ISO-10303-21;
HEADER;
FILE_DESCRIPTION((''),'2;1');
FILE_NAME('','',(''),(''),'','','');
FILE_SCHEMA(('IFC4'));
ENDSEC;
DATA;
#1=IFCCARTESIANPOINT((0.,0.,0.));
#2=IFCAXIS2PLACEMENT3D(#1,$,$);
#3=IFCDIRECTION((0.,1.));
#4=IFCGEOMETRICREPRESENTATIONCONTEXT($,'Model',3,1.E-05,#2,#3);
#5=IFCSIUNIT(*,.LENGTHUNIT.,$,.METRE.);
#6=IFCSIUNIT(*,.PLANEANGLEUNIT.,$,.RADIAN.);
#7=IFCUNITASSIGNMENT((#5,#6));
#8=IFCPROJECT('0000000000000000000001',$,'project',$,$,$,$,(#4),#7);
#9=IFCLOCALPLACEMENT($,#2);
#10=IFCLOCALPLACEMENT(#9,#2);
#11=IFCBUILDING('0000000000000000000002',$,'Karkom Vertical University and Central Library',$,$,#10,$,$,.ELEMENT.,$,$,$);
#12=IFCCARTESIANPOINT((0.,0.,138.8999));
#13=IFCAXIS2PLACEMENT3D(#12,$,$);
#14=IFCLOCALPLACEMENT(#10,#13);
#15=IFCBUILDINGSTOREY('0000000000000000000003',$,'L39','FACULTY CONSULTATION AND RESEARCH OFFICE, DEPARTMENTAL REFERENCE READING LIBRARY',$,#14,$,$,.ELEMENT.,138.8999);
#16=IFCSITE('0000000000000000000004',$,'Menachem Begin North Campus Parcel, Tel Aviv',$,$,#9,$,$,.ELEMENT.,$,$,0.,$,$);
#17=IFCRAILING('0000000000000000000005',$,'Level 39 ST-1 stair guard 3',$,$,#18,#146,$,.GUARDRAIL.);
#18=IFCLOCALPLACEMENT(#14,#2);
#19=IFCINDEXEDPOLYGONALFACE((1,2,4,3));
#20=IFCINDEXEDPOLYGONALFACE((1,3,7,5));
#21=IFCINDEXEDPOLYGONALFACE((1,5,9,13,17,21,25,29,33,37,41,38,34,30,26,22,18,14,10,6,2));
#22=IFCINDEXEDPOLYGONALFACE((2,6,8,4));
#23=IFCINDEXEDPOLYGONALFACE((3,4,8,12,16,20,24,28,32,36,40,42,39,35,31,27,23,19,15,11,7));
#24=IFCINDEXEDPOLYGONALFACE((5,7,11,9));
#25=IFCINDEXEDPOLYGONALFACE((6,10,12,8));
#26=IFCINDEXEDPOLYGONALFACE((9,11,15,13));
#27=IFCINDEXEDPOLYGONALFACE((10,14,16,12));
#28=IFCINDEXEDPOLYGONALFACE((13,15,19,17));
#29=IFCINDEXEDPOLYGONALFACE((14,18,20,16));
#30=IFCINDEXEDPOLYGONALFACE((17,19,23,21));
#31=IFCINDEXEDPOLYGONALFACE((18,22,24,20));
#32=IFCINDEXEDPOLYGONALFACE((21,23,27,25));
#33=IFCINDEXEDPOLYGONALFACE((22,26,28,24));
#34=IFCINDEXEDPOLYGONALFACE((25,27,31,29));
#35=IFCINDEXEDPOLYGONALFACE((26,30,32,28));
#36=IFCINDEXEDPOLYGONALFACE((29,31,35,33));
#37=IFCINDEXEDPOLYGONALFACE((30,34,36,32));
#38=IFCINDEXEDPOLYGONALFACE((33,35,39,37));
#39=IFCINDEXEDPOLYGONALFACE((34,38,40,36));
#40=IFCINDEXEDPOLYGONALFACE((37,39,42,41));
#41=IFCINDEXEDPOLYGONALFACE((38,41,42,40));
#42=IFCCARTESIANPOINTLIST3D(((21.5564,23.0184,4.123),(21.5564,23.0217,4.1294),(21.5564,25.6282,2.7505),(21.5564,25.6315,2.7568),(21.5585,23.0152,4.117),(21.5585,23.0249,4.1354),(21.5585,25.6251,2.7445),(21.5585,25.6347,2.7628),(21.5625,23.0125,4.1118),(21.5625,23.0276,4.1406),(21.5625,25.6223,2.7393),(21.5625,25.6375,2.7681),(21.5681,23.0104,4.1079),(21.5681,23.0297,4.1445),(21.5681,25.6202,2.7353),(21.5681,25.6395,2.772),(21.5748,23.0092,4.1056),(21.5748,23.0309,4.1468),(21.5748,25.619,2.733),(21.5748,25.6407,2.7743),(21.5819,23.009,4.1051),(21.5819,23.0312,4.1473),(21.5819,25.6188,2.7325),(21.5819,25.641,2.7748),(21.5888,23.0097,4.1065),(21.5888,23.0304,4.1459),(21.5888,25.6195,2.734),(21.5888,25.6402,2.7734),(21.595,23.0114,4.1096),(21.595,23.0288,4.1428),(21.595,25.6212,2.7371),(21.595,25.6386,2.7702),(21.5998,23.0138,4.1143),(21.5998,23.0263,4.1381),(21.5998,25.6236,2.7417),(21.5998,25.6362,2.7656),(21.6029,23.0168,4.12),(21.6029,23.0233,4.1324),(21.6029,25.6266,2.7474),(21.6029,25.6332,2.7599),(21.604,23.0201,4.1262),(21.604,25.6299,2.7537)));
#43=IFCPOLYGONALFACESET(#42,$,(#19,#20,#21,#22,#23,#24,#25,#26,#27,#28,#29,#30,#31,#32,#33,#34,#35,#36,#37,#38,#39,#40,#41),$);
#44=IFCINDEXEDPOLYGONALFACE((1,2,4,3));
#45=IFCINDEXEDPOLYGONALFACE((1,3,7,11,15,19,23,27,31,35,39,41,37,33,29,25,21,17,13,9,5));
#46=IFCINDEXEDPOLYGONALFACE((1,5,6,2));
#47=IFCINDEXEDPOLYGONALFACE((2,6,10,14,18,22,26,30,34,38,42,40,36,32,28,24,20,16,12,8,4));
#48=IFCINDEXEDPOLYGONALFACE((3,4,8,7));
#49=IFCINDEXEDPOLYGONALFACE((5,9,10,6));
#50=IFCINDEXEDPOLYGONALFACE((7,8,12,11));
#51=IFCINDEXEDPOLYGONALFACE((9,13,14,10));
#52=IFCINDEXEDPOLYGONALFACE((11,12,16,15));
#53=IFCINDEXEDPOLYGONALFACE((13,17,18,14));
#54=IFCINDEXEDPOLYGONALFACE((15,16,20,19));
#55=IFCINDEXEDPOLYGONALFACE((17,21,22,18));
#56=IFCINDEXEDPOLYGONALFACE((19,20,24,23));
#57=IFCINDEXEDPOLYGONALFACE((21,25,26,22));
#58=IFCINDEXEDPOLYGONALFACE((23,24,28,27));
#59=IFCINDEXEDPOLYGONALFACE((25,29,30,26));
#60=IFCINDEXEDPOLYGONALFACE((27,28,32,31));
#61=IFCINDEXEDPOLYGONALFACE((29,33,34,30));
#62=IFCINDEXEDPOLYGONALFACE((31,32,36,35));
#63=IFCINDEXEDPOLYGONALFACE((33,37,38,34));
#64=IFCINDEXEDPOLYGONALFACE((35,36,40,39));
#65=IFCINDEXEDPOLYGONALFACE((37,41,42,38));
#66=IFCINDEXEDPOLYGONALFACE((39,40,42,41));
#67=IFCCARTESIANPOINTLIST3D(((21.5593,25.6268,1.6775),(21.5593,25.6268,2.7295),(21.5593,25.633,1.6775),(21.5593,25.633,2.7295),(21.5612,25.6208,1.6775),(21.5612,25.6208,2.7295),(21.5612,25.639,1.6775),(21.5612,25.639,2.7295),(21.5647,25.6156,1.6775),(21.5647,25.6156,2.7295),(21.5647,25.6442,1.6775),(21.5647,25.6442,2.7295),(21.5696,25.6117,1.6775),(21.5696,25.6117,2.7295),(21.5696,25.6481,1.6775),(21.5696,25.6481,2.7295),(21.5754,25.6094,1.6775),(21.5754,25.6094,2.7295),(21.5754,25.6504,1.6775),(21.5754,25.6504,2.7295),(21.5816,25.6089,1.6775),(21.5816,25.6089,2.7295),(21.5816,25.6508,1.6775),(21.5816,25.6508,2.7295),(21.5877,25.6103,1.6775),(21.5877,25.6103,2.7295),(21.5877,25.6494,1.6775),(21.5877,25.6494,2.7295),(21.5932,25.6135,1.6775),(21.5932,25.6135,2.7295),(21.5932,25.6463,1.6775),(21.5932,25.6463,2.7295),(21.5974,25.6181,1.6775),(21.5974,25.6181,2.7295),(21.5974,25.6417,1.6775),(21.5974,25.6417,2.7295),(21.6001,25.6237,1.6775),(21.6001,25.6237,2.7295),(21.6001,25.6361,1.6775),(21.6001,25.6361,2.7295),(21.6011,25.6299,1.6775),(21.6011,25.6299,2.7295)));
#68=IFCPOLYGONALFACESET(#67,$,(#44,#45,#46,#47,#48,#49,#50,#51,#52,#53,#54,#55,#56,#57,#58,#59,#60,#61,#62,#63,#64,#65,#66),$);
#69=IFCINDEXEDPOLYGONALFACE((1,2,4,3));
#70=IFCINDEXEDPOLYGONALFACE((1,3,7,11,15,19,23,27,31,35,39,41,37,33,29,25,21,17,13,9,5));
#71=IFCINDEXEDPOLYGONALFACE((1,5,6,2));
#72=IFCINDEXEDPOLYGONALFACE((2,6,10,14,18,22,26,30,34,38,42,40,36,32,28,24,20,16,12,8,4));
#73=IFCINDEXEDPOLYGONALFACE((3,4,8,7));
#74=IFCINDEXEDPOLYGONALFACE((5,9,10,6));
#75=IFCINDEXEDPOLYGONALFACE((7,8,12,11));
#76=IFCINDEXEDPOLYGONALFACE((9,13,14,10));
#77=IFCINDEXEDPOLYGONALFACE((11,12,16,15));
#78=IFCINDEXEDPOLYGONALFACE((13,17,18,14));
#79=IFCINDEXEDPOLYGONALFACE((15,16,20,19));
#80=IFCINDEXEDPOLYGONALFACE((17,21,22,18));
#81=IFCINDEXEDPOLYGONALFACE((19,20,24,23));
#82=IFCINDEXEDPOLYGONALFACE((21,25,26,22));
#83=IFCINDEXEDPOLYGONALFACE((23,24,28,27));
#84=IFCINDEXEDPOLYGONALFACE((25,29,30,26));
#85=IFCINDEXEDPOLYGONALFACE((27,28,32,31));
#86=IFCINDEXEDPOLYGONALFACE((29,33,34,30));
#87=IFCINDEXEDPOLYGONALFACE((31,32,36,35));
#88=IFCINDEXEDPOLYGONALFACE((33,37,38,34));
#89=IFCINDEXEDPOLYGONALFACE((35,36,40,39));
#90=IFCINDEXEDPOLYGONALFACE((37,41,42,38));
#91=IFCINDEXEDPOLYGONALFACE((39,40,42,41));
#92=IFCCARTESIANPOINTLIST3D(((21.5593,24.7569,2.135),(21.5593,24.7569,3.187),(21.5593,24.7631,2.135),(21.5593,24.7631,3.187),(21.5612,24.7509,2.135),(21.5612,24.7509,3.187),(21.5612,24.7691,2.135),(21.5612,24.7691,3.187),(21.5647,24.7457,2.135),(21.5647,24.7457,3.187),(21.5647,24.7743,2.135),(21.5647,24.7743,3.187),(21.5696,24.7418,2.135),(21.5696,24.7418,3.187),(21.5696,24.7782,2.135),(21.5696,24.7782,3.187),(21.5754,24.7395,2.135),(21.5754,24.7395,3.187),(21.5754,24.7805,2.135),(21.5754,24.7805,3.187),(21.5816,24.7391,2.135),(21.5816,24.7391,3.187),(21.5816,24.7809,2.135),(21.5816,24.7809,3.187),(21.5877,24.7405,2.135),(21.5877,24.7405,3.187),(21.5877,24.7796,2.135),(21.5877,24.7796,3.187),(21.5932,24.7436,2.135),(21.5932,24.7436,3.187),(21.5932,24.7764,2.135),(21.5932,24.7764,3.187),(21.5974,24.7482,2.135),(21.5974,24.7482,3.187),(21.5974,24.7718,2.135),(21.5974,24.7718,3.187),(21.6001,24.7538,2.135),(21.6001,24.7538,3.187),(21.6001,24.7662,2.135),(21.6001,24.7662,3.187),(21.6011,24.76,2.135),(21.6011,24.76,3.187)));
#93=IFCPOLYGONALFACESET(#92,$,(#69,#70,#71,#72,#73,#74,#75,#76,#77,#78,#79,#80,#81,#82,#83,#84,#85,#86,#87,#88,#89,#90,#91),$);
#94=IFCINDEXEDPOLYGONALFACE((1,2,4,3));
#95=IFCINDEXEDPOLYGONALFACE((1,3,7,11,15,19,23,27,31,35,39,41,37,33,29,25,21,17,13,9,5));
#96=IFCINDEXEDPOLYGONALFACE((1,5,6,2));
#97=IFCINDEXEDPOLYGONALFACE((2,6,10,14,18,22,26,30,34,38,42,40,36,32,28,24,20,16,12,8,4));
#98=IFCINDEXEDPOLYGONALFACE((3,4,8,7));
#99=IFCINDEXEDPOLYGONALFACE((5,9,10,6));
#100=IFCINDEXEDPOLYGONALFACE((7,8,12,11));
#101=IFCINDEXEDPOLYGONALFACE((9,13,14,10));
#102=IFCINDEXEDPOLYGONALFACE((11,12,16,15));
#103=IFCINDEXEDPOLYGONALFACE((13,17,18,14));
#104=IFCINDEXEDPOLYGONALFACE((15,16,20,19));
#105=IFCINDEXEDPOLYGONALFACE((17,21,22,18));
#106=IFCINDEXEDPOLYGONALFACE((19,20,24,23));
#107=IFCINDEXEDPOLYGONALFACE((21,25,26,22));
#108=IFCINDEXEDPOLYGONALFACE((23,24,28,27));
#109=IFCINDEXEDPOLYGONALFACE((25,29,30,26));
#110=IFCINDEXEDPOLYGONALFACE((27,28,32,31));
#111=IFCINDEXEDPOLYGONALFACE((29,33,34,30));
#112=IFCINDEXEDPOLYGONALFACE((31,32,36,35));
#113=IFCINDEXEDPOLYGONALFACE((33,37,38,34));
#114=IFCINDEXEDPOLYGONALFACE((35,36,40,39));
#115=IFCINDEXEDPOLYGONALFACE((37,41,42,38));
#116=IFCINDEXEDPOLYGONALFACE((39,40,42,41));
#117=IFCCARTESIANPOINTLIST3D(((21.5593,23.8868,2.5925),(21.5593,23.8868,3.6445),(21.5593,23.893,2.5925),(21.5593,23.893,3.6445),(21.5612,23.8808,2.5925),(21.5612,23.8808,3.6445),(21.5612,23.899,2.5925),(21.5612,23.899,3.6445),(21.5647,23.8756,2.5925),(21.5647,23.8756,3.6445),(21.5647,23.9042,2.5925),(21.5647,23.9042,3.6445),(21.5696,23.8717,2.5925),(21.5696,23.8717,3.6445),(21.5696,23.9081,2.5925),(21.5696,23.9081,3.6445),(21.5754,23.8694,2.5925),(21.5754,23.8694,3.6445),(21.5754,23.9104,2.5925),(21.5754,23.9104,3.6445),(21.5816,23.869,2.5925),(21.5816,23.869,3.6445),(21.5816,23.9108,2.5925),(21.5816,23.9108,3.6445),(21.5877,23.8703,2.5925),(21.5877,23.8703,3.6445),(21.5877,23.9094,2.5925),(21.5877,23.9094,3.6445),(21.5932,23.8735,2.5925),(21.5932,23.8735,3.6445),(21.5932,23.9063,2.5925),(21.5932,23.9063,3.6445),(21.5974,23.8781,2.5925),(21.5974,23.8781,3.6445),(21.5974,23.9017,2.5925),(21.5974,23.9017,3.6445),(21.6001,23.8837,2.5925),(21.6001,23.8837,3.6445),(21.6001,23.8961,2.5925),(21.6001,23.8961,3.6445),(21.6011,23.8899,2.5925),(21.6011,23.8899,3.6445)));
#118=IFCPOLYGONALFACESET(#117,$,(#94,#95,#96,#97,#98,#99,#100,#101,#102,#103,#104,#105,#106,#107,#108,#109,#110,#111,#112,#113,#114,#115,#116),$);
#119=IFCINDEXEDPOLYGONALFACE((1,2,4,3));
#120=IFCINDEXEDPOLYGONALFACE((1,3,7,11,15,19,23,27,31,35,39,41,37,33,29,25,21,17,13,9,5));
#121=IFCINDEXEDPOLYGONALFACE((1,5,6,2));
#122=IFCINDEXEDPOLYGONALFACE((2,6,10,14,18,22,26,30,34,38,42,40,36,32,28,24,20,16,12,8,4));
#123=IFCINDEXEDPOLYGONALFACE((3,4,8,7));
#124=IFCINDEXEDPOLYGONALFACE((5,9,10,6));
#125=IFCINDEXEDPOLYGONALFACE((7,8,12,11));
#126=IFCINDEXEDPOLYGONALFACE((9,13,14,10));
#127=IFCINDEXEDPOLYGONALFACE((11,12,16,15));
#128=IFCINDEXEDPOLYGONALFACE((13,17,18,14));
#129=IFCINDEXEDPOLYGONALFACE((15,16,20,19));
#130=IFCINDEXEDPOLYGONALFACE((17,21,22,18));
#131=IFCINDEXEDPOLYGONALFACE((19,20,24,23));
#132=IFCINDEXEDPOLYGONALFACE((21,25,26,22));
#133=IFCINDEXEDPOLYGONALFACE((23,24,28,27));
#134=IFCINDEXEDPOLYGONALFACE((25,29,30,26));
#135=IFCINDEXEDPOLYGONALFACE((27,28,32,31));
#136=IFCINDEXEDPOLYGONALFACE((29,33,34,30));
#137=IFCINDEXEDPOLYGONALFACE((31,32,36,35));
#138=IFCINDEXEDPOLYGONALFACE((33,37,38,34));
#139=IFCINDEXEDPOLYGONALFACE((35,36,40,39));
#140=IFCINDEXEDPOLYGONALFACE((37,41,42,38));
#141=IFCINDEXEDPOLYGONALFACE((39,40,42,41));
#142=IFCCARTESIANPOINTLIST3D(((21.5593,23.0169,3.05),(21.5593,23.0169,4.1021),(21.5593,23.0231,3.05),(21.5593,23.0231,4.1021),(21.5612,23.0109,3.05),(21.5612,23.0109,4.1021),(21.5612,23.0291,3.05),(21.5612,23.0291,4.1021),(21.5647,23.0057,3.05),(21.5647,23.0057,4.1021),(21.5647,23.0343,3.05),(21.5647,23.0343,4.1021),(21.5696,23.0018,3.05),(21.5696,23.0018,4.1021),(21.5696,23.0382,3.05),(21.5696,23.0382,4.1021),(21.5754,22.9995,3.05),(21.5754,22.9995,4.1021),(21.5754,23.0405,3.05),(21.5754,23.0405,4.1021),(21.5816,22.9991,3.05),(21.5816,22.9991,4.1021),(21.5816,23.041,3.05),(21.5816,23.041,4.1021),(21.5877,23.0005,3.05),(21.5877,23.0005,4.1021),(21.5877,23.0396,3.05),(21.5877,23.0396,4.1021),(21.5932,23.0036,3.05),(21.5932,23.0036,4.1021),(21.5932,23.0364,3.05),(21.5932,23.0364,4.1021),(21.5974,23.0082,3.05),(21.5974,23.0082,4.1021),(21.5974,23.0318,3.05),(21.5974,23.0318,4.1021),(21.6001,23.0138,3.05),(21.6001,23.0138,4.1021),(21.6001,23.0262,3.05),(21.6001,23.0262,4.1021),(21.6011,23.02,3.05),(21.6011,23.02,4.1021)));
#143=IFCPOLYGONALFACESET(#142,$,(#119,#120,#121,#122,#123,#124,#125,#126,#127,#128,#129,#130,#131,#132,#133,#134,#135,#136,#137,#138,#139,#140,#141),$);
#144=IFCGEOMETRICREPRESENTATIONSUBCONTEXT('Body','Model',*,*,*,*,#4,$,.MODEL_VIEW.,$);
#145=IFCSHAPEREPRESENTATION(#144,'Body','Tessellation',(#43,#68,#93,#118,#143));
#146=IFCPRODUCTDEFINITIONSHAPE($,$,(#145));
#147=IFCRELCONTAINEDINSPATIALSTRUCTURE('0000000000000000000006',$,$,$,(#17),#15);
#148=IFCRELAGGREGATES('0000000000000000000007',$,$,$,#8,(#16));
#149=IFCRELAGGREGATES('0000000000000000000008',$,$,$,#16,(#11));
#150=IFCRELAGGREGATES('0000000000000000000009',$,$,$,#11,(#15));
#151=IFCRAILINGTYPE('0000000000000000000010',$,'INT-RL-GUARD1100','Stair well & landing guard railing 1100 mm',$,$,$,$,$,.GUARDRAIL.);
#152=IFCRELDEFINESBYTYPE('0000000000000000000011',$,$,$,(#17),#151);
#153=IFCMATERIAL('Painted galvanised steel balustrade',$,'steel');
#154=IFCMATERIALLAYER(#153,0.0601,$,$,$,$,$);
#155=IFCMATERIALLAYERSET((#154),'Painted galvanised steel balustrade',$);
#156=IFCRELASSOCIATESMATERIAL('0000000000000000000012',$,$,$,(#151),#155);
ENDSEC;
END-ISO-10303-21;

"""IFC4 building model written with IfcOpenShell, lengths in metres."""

from ifc_helpers import new_model, si_unit, direction, frame, origin, origin_2d, place, context, subcontext, project, spatial, circle, extrude, material, layer, layer_set, type_object, element, save


model = new_model("IFC4")

# Units and contexts
model_context = context("Model", 3, precision=1e-05, world=origin(), true_north=direction((0.0, 1.0)))
body_context = subcontext(model_context, "Body", "Model", "MODEL_VIEW")
ifc_project = project(units=[si_unit("LENGTHUNIT", "METRE"), si_unit("PLANEANGLEUNIT", "RADIAN")], contexts=[model_context])

# Site, building, storey
site_placement = place(None, origin())
site = spatial("IfcSite", under=ifc_project, at=site_placement, Name="Menachem Begin North Campus Parcel, Tel Aviv", CompositionType="ELEMENT", RefElevation=0.0)
building_placement = place(site_placement, origin())
building = spatial("IfcBuilding", under=site, at=building_placement, Name="Karkom Vertical University and Central Library", CompositionType="ELEMENT")
storey_placement = place(building_placement, frame((0.0, 0.0, 138.8999)))
storey = spatial("IfcBuildingStorey", under=building, at=storey_placement, Name="L39", Description="FACULTY CONSULTATION AND RESEARCH OFFICE, DEPARTMENTAL REFERENCE READING LIBRARY", CompositionType="ELEMENT", Elevation=138.8999)

# Railing
ifc_material_1 = material(Name="Painted galvanised steel balustrade", Category="steel")
ifc_layer_1 = layer(ifc_material_1, 0.0601)
ifc_layer_set_1 = layer_set([ifc_layer_1], Name="Painted galvanised steel balustrade")
railing_type_1 = type_object("IfcRailingType", Name="INT-RL-GUARD1100", Description="Stair well & landing guard railing 1100 mm", PredefinedType="GUARDRAIL", material=ifc_layer_set_1)
railing_1_placement = place(storey_placement, frame((21.5801, 25.6299, 1.6775)))
element("IfcRailing", 1, at=railing_1_placement, inside=storey, type_object=railing_type_1, Name="Level 39 ST-1 stair guard 3", PredefinedType="GUARDRAIL", context=body_context, shape_type="SweptSolid", body=[
    extrude(circle(Radius=0.0239, at=origin_2d()), frame((0.0, 0.0, 1.0762), z_axis=(0.0, -0.885065, 0.465467), x_axis=(1.0, 0.0, 0.0)), (0.0, 0.0, 1.0), 2.9487),
    extrude(circle(Radius=0.021, at=origin_2d()), origin(), (0.0, 0.0, 1.0), 1.052),
    extrude(circle(Radius=0.021, at=origin_2d()), frame((0.0, -0.8699, 0.4575)), (0.0, 0.0, 1.0), 1.052),
    extrude(circle(Radius=0.021, at=origin_2d()), frame((0.0, -1.74, 0.915)), (0.0, 0.0, 1.0), 1.052),
    extrude(circle(Radius=0.021, at=origin_2d()), frame((0.0, -2.6099, 1.3726)), (0.0, 0.0, 1.0), 1.052),
])

save(model, "model.ifc")
